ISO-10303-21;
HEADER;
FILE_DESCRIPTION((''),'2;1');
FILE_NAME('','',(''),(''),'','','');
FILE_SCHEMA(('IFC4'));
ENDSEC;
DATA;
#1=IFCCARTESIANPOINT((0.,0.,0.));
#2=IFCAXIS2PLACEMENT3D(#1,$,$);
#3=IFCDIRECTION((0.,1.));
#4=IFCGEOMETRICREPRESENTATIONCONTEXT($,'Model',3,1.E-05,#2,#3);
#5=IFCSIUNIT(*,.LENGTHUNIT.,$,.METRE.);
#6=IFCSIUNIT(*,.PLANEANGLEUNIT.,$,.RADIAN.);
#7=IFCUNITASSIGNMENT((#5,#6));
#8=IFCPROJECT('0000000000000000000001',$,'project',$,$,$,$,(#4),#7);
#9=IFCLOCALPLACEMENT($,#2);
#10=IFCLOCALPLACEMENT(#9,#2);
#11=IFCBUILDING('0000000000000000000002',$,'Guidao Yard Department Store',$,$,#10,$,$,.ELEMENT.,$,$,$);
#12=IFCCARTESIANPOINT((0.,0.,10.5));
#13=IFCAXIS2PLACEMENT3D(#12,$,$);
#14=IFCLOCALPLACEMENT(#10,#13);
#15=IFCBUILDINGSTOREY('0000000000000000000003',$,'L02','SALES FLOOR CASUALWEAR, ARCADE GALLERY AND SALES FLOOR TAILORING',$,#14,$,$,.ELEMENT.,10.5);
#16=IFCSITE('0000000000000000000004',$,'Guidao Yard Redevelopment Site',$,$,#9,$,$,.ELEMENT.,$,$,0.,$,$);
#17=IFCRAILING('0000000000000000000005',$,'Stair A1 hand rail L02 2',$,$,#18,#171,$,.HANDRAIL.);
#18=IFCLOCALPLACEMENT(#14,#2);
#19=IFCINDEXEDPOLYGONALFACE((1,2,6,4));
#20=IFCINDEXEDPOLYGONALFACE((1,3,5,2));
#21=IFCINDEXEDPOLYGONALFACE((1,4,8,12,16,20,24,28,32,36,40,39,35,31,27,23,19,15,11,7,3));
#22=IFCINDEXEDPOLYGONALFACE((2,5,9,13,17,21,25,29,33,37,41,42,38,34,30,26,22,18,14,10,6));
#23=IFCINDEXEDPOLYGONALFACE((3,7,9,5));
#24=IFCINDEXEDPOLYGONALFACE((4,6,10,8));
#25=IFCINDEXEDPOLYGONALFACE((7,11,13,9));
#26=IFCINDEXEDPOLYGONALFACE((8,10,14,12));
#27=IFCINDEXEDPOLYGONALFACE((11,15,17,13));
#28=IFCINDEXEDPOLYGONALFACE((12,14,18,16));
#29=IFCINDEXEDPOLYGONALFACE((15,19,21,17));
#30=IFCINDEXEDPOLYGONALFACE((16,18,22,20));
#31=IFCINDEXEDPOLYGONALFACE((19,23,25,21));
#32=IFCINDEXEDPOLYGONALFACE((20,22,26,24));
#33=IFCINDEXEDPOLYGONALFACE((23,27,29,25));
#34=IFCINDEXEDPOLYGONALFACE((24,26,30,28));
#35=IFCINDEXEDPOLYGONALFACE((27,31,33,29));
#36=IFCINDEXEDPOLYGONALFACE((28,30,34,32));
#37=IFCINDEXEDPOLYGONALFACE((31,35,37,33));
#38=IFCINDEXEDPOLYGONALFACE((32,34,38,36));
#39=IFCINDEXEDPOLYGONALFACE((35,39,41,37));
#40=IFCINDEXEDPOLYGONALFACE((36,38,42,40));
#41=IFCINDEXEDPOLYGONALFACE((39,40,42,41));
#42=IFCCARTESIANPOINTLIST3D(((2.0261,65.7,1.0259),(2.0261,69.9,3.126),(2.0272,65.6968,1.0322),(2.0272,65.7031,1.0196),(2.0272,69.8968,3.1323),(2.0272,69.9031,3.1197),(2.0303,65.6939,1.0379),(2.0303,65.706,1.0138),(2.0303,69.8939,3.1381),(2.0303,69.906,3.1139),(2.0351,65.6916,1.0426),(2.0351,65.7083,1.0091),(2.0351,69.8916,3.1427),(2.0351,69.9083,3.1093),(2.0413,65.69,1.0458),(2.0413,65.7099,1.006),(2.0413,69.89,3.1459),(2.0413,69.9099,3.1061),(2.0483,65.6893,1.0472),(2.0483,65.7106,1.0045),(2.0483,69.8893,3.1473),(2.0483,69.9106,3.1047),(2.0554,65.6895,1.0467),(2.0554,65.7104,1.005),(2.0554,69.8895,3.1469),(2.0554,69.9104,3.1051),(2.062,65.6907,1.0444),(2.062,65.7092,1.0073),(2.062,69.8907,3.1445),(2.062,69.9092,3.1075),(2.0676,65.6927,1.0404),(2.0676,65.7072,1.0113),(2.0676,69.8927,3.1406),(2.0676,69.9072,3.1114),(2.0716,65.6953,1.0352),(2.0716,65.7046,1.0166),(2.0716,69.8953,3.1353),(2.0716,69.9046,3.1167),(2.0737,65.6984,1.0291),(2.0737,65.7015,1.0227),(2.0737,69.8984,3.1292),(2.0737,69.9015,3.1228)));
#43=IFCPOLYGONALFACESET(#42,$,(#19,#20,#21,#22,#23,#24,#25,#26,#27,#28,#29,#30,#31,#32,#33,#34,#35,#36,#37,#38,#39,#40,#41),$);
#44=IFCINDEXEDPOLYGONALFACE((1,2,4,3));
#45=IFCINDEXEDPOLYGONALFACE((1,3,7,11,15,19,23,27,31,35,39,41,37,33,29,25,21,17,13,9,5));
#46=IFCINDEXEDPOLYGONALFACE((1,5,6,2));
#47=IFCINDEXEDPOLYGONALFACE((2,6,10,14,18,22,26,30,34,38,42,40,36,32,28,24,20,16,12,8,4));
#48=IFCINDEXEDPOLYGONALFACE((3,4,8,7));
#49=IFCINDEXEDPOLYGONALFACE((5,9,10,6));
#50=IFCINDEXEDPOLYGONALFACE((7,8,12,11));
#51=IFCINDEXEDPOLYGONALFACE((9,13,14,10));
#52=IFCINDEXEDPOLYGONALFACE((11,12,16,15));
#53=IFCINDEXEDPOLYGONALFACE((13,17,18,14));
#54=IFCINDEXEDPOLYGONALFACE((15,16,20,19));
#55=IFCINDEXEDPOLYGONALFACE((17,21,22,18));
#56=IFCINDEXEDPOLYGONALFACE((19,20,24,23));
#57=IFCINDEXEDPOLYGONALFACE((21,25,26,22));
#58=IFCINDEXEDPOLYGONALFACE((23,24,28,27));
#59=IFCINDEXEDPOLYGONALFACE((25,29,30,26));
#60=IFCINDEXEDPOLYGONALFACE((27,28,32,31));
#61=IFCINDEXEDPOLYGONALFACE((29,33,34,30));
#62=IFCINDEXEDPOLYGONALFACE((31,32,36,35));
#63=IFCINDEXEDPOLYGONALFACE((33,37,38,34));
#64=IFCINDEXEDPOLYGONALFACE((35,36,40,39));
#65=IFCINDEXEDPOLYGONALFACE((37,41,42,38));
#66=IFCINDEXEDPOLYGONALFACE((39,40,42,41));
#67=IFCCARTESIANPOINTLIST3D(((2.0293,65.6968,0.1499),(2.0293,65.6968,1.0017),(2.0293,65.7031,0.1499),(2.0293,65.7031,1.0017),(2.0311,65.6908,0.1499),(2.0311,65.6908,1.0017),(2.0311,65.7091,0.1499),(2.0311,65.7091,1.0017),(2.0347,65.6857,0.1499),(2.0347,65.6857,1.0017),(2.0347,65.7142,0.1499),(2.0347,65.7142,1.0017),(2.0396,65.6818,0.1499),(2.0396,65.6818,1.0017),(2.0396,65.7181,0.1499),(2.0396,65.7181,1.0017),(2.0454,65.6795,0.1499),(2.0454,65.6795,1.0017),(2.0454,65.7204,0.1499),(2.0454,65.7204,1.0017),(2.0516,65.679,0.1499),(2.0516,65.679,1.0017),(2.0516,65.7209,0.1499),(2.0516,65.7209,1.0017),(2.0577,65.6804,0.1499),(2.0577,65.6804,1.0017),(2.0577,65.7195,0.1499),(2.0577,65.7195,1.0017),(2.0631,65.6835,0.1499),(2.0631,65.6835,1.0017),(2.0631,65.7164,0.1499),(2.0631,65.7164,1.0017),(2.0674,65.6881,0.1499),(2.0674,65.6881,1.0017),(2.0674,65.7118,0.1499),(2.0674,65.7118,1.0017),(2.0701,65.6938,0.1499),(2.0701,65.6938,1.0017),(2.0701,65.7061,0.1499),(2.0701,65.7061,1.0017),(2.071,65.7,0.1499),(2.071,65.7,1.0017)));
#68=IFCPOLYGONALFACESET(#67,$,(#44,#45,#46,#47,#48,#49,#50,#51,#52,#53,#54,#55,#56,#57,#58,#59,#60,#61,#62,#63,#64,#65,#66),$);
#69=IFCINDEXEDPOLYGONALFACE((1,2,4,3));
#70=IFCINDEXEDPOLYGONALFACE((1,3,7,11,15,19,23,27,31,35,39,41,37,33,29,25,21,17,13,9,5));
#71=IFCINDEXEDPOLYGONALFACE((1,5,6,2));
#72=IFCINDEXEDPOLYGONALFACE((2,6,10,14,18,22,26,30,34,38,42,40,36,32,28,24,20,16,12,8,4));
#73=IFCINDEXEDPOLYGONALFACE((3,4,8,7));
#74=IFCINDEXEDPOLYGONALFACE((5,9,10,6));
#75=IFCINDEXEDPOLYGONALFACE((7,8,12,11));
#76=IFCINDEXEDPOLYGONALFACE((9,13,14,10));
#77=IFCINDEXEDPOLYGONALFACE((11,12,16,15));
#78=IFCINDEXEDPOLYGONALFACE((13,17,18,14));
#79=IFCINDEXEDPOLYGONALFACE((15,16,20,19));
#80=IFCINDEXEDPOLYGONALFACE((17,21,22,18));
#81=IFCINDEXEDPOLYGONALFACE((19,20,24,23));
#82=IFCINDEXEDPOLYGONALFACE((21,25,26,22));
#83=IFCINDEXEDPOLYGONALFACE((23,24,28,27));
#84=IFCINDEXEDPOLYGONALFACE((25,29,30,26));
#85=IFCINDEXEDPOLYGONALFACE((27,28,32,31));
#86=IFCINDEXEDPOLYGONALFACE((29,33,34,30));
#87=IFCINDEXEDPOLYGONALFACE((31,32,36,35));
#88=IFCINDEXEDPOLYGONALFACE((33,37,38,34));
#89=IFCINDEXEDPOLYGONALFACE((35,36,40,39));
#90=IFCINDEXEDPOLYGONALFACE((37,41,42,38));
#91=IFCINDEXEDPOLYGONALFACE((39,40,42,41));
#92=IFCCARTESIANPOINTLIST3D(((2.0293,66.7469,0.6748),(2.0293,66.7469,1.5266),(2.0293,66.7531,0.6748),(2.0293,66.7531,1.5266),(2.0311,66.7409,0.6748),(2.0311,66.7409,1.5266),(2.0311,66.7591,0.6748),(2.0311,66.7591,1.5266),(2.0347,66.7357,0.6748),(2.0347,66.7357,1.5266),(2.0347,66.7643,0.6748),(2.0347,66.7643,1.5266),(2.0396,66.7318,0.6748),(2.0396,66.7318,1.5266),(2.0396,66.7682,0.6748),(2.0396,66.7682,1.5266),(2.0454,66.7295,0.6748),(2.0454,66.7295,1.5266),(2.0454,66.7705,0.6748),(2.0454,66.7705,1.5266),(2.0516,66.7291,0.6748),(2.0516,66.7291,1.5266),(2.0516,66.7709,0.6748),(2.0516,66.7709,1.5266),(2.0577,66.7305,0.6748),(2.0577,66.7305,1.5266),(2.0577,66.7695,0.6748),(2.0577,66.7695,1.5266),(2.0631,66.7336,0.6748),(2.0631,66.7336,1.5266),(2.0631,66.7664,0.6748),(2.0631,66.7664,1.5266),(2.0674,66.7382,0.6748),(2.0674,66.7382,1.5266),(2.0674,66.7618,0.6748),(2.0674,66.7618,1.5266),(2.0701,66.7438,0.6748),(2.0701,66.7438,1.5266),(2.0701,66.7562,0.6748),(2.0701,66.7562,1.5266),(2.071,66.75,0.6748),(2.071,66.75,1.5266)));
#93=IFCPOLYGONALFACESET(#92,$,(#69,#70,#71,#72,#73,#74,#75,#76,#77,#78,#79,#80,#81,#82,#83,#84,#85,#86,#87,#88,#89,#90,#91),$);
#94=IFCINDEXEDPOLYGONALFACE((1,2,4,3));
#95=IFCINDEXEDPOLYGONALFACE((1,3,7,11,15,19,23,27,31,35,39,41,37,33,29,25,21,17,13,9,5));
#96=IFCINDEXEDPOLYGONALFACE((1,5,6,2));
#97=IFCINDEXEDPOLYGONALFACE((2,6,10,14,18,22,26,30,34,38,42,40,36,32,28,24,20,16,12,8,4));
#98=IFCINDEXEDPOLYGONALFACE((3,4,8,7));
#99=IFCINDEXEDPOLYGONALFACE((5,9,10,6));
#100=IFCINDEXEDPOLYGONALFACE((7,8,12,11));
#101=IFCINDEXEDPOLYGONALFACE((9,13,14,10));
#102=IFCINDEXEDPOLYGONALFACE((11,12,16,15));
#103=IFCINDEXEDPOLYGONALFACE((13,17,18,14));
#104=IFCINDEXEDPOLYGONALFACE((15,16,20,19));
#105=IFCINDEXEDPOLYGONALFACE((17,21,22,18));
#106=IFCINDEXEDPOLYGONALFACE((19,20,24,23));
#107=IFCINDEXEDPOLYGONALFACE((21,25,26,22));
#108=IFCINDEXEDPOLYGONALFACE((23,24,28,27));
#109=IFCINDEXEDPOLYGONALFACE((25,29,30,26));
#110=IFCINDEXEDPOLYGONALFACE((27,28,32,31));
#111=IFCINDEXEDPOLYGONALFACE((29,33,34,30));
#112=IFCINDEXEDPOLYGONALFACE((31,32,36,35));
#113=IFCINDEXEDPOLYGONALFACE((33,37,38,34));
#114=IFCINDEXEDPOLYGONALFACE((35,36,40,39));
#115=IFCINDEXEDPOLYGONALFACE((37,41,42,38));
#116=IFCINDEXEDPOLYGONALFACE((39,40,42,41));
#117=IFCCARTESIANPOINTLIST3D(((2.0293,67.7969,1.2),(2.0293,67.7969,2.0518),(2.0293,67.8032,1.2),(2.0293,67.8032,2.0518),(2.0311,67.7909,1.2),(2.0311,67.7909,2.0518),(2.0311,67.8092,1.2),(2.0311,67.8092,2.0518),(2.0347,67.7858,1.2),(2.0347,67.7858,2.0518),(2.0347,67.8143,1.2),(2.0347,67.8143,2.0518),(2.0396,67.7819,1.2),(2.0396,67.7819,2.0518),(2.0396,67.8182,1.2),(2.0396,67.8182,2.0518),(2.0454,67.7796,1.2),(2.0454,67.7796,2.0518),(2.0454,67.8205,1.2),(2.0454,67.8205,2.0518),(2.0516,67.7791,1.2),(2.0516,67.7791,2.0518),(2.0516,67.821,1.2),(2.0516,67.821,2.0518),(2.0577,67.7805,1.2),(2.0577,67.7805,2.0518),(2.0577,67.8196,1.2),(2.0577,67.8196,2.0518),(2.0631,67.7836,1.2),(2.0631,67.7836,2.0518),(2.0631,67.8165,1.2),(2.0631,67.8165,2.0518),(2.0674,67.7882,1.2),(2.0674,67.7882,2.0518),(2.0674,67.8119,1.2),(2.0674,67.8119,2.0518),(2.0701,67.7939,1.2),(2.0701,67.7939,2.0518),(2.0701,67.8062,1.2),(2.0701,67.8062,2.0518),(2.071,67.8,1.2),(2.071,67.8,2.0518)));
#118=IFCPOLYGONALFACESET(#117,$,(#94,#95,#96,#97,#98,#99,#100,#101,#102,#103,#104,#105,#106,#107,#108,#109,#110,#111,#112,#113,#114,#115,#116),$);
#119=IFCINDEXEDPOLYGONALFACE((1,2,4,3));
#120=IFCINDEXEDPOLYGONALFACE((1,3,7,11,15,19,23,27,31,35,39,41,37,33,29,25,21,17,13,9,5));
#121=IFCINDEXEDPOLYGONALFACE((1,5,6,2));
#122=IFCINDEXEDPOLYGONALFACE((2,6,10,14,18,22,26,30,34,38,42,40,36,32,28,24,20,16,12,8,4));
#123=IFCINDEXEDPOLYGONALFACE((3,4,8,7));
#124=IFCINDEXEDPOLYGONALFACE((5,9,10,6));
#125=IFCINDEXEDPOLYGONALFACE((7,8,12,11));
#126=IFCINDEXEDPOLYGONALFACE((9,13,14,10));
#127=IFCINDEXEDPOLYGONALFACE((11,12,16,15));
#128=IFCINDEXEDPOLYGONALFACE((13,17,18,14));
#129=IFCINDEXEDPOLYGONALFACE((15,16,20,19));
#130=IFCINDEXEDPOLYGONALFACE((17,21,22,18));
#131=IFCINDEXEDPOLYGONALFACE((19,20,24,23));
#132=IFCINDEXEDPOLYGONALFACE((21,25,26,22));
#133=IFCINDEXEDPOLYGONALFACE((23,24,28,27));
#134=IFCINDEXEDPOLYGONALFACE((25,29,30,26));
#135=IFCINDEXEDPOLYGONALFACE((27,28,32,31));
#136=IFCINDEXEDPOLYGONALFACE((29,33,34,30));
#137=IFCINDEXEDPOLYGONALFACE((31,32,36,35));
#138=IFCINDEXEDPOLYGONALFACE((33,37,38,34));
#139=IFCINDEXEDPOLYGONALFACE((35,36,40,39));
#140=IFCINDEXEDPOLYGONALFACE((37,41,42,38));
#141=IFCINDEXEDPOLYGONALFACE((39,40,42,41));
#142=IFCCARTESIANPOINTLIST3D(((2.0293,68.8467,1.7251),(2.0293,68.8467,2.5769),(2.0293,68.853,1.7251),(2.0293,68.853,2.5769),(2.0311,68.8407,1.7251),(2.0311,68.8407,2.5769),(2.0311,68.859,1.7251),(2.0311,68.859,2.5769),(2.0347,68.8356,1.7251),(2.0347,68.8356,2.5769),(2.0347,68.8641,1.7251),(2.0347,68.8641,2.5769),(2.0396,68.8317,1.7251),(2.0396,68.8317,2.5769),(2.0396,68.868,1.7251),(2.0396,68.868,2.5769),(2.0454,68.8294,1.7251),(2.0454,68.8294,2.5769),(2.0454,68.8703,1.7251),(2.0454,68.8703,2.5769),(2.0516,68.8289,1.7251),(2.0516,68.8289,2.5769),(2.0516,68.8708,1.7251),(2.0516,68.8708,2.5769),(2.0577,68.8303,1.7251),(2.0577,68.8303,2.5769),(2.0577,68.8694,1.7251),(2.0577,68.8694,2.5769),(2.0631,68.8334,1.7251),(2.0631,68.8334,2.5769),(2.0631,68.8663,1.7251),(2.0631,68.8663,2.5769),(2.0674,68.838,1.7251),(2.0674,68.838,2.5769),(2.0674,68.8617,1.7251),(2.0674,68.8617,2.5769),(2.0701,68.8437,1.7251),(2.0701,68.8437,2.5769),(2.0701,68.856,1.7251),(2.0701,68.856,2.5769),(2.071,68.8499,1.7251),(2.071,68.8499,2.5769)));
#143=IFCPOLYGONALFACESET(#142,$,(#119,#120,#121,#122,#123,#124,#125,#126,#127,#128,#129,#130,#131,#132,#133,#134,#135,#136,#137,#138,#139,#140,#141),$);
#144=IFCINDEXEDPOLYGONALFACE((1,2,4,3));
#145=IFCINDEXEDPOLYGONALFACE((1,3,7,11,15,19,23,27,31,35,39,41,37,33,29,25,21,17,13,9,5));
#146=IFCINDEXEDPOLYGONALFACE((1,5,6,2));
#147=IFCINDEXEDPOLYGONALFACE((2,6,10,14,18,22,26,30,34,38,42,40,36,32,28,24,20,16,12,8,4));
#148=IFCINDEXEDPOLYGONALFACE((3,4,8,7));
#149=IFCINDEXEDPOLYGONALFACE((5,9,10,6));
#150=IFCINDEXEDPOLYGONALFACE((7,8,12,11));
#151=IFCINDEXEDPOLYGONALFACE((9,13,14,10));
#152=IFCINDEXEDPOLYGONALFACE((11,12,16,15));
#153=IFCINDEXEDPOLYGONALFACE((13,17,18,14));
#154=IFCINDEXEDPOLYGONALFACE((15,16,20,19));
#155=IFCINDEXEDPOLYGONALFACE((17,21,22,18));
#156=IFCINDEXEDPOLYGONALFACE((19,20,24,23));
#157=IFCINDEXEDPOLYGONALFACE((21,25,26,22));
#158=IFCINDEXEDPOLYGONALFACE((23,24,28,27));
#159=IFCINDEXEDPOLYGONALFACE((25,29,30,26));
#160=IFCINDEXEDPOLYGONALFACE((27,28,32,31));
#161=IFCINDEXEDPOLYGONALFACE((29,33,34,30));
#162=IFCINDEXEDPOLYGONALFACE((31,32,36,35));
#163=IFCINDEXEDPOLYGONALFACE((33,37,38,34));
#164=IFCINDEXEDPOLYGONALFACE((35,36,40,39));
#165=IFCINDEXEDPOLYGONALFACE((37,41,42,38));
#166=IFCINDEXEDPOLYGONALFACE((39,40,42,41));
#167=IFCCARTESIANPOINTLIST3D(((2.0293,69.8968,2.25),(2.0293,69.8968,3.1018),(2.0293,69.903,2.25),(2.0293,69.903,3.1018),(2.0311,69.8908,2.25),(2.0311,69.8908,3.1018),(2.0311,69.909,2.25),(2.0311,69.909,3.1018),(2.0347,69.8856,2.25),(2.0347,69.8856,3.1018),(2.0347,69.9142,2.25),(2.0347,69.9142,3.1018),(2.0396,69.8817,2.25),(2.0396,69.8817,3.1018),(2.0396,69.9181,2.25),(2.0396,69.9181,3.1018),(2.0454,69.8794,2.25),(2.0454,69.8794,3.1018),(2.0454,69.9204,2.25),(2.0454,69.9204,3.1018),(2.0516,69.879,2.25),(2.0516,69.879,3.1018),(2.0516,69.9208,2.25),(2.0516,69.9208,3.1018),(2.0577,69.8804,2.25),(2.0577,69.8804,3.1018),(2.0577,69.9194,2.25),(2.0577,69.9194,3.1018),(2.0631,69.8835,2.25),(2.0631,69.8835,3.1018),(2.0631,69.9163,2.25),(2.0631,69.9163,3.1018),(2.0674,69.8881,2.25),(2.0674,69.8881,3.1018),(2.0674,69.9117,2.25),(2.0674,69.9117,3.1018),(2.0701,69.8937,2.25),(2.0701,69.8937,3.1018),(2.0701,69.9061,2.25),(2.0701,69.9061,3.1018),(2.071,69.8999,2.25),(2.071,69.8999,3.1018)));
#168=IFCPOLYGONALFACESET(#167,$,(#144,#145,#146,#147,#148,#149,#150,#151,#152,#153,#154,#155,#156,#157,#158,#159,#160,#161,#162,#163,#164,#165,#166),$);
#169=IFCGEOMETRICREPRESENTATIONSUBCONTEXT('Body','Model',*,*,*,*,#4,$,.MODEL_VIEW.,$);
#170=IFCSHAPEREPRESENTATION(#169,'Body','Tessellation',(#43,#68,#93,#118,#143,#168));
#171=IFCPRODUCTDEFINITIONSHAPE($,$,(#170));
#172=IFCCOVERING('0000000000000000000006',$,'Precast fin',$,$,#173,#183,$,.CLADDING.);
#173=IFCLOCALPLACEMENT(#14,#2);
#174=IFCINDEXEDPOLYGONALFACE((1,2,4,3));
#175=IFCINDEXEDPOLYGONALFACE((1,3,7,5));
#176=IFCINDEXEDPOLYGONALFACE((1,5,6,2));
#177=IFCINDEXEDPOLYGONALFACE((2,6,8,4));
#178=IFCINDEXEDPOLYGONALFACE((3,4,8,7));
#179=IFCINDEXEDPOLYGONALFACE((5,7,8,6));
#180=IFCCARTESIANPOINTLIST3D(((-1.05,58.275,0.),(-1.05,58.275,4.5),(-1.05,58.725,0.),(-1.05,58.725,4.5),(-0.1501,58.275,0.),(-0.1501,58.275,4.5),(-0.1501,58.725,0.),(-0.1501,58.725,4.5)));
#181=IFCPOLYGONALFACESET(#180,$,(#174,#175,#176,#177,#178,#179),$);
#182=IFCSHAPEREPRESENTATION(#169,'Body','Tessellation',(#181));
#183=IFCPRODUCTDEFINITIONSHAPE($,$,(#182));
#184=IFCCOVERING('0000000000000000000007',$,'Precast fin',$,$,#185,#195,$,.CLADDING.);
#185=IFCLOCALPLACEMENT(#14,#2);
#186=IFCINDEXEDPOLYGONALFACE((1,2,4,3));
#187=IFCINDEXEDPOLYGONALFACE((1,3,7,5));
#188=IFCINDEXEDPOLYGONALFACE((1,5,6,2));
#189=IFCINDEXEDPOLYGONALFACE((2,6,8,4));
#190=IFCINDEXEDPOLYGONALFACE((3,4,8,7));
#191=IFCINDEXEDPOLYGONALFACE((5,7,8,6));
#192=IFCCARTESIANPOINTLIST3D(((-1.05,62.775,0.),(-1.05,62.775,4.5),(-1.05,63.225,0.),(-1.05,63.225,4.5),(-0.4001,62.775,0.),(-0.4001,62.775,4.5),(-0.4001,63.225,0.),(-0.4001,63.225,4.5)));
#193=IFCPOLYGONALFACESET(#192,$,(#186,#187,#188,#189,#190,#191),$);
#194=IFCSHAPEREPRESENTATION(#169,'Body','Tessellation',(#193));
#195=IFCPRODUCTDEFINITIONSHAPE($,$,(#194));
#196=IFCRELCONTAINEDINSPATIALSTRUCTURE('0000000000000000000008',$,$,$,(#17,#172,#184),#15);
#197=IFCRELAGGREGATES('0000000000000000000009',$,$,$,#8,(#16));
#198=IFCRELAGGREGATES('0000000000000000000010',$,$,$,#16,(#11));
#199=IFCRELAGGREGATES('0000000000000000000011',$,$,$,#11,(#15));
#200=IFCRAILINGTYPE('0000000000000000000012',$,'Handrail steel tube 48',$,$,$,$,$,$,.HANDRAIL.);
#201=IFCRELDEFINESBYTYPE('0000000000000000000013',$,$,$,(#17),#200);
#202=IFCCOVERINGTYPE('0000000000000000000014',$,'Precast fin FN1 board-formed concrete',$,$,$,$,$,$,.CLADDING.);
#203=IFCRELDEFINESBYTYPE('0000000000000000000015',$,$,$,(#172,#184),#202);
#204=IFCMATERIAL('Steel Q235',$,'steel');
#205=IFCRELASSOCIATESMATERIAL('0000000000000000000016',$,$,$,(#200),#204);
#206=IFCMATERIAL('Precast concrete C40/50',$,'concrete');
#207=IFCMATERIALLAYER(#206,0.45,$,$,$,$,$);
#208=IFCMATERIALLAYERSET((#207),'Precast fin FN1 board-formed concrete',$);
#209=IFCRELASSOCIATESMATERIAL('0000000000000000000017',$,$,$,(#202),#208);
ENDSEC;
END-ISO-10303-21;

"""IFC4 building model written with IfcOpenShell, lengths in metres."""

from ifc_helpers import new_model, si_unit, direction, frame, origin, origin_2d, place, context, subcontext, project, spatial, rectangle, circle, extrude, material, layer, layer_set, type_object, element, save


model = new_model("IFC4")

# Units and contexts
model_context = context("Model", 3, precision=1e-05, world=origin(), true_north=direction((0.0, 1.0)))
body_context = subcontext(model_context, "Body", "Model", "MODEL_VIEW")
ifc_project = project(units=[si_unit("LENGTHUNIT", "METRE"), si_unit("PLANEANGLEUNIT", "RADIAN")], contexts=[model_context])

# Site, building, storey
site_placement = place(None, origin())
site = spatial("IfcSite", under=ifc_project, at=site_placement, Name="Guidao Yard Redevelopment Site", CompositionType="ELEMENT", RefElevation=0.0)
building_placement = place(site_placement, origin())
building = spatial("IfcBuilding", under=site, at=building_placement, Name="Guidao Yard Department Store", CompositionType="ELEMENT")
storey_placement = place(building_placement, frame((0.0, 0.0, 10.5)))
storey = spatial("IfcBuildingStorey", under=building, at=storey_placement, Name="L02", Description="SALES FLOOR CASUALWEAR, ARCADE GALLERY AND SALES FLOOR TAILORING", CompositionType="ELEMENT", Elevation=10.5)

# Railing
ifc_material_1 = material(Name="Steel Q235", Category="steel")
railing_type_1 = type_object("IfcRailingType", Name="Handrail steel tube 48", PredefinedType="HANDRAIL", material=ifc_material_1)
for number, where, name in (
    (1, (2.05, 65.7, 0.1499), "Stair A1 hand rail L02 2"),
):
    element("IfcRailing", number, at=place(storey_placement, frame(where)), inside=storey, type_object=railing_type_1, Name=name, PredefinedType="HANDRAIL", context=body_context, shape_type="SweptSolid", body=[
        extrude(circle(Radius=0.0239, at=origin_2d()), frame((0.0, 0.0, 0.876), z_axis=(0.0, 0.894417, 0.447234), x_axis=(-1.0, 0.0, 0.0)), (0.0, 0.0, 1.0), 4.6958),
        extrude(circle(Radius=0.021, at=origin_2d()), origin(), (0.0, 0.0, 1.0), 0.8518),
        extrude(circle(Radius=0.021, at=origin_2d()), frame((0.0, 1.05, 0.5249)), (0.0, 0.0, 1.0), 0.8518),
        extrude(circle(Radius=0.021, at=origin_2d()), frame((0.0, 2.1001, 1.05)), (0.0, 0.0, 1.0), 0.8518),
        extrude(circle(Radius=0.021, at=origin_2d()), frame((0.0, 3.1499, 1.5752)), (0.0, 0.0, 1.0), 0.8518),
        extrude(circle(Radius=0.021, at=origin_2d()), frame((0.0, 4.2, 2.1001)), (0.0, 0.0, 1.0), 0.8518),
    ])

# Coverings
ifc_material_2 = material(Name="Precast concrete C40/50", Category="concrete")
ifc_layer_1 = layer(ifc_material_2, 0.45)
ifc_layer_set_1 = layer_set([ifc_layer_1], Name="Precast fin FN1 board-formed concrete")
covering_type = type_object("IfcCoveringType", Name="Precast fin FN1 board-formed concrete", PredefinedType="CLADDING", material=ifc_layer_set_1)
covering_1_placement = place(storey_placement, frame((-0.6001, 58.5, 0.0), z_axis=(0.0, 0.0, 1.0), x_axis=(0.0, 1.0, 0.0)))
element("IfcCovering", 2, at=covering_1_placement, inside=storey, type_object=covering_type, Name="Precast fin", PredefinedType="CLADDING", context=body_context, shape_type="SweptSolid", body=[
    extrude(rectangle(XDim=0.45, YDim=0.8999, at=origin_2d()), origin(), (0.0, 0.0, 1.0), 4.5),
])
covering_2_placement = place(storey_placement, frame((-0.7251, 63.0, 0.0), z_axis=(0.0, 0.0, 1.0), x_axis=(0.0, 1.0, 0.0)))
element("IfcCovering", 3, at=covering_2_placement, inside=storey, type_object=covering_type, Name="Precast fin", PredefinedType="CLADDING", context=body_context, shape_type="SweptSolid", body=[
    extrude(rectangle(XDim=0.45, YDim=0.6499, at=origin_2d()), origin(), (0.0, 0.0, 1.0), 4.5),
])

save(model, "model.ifc")
